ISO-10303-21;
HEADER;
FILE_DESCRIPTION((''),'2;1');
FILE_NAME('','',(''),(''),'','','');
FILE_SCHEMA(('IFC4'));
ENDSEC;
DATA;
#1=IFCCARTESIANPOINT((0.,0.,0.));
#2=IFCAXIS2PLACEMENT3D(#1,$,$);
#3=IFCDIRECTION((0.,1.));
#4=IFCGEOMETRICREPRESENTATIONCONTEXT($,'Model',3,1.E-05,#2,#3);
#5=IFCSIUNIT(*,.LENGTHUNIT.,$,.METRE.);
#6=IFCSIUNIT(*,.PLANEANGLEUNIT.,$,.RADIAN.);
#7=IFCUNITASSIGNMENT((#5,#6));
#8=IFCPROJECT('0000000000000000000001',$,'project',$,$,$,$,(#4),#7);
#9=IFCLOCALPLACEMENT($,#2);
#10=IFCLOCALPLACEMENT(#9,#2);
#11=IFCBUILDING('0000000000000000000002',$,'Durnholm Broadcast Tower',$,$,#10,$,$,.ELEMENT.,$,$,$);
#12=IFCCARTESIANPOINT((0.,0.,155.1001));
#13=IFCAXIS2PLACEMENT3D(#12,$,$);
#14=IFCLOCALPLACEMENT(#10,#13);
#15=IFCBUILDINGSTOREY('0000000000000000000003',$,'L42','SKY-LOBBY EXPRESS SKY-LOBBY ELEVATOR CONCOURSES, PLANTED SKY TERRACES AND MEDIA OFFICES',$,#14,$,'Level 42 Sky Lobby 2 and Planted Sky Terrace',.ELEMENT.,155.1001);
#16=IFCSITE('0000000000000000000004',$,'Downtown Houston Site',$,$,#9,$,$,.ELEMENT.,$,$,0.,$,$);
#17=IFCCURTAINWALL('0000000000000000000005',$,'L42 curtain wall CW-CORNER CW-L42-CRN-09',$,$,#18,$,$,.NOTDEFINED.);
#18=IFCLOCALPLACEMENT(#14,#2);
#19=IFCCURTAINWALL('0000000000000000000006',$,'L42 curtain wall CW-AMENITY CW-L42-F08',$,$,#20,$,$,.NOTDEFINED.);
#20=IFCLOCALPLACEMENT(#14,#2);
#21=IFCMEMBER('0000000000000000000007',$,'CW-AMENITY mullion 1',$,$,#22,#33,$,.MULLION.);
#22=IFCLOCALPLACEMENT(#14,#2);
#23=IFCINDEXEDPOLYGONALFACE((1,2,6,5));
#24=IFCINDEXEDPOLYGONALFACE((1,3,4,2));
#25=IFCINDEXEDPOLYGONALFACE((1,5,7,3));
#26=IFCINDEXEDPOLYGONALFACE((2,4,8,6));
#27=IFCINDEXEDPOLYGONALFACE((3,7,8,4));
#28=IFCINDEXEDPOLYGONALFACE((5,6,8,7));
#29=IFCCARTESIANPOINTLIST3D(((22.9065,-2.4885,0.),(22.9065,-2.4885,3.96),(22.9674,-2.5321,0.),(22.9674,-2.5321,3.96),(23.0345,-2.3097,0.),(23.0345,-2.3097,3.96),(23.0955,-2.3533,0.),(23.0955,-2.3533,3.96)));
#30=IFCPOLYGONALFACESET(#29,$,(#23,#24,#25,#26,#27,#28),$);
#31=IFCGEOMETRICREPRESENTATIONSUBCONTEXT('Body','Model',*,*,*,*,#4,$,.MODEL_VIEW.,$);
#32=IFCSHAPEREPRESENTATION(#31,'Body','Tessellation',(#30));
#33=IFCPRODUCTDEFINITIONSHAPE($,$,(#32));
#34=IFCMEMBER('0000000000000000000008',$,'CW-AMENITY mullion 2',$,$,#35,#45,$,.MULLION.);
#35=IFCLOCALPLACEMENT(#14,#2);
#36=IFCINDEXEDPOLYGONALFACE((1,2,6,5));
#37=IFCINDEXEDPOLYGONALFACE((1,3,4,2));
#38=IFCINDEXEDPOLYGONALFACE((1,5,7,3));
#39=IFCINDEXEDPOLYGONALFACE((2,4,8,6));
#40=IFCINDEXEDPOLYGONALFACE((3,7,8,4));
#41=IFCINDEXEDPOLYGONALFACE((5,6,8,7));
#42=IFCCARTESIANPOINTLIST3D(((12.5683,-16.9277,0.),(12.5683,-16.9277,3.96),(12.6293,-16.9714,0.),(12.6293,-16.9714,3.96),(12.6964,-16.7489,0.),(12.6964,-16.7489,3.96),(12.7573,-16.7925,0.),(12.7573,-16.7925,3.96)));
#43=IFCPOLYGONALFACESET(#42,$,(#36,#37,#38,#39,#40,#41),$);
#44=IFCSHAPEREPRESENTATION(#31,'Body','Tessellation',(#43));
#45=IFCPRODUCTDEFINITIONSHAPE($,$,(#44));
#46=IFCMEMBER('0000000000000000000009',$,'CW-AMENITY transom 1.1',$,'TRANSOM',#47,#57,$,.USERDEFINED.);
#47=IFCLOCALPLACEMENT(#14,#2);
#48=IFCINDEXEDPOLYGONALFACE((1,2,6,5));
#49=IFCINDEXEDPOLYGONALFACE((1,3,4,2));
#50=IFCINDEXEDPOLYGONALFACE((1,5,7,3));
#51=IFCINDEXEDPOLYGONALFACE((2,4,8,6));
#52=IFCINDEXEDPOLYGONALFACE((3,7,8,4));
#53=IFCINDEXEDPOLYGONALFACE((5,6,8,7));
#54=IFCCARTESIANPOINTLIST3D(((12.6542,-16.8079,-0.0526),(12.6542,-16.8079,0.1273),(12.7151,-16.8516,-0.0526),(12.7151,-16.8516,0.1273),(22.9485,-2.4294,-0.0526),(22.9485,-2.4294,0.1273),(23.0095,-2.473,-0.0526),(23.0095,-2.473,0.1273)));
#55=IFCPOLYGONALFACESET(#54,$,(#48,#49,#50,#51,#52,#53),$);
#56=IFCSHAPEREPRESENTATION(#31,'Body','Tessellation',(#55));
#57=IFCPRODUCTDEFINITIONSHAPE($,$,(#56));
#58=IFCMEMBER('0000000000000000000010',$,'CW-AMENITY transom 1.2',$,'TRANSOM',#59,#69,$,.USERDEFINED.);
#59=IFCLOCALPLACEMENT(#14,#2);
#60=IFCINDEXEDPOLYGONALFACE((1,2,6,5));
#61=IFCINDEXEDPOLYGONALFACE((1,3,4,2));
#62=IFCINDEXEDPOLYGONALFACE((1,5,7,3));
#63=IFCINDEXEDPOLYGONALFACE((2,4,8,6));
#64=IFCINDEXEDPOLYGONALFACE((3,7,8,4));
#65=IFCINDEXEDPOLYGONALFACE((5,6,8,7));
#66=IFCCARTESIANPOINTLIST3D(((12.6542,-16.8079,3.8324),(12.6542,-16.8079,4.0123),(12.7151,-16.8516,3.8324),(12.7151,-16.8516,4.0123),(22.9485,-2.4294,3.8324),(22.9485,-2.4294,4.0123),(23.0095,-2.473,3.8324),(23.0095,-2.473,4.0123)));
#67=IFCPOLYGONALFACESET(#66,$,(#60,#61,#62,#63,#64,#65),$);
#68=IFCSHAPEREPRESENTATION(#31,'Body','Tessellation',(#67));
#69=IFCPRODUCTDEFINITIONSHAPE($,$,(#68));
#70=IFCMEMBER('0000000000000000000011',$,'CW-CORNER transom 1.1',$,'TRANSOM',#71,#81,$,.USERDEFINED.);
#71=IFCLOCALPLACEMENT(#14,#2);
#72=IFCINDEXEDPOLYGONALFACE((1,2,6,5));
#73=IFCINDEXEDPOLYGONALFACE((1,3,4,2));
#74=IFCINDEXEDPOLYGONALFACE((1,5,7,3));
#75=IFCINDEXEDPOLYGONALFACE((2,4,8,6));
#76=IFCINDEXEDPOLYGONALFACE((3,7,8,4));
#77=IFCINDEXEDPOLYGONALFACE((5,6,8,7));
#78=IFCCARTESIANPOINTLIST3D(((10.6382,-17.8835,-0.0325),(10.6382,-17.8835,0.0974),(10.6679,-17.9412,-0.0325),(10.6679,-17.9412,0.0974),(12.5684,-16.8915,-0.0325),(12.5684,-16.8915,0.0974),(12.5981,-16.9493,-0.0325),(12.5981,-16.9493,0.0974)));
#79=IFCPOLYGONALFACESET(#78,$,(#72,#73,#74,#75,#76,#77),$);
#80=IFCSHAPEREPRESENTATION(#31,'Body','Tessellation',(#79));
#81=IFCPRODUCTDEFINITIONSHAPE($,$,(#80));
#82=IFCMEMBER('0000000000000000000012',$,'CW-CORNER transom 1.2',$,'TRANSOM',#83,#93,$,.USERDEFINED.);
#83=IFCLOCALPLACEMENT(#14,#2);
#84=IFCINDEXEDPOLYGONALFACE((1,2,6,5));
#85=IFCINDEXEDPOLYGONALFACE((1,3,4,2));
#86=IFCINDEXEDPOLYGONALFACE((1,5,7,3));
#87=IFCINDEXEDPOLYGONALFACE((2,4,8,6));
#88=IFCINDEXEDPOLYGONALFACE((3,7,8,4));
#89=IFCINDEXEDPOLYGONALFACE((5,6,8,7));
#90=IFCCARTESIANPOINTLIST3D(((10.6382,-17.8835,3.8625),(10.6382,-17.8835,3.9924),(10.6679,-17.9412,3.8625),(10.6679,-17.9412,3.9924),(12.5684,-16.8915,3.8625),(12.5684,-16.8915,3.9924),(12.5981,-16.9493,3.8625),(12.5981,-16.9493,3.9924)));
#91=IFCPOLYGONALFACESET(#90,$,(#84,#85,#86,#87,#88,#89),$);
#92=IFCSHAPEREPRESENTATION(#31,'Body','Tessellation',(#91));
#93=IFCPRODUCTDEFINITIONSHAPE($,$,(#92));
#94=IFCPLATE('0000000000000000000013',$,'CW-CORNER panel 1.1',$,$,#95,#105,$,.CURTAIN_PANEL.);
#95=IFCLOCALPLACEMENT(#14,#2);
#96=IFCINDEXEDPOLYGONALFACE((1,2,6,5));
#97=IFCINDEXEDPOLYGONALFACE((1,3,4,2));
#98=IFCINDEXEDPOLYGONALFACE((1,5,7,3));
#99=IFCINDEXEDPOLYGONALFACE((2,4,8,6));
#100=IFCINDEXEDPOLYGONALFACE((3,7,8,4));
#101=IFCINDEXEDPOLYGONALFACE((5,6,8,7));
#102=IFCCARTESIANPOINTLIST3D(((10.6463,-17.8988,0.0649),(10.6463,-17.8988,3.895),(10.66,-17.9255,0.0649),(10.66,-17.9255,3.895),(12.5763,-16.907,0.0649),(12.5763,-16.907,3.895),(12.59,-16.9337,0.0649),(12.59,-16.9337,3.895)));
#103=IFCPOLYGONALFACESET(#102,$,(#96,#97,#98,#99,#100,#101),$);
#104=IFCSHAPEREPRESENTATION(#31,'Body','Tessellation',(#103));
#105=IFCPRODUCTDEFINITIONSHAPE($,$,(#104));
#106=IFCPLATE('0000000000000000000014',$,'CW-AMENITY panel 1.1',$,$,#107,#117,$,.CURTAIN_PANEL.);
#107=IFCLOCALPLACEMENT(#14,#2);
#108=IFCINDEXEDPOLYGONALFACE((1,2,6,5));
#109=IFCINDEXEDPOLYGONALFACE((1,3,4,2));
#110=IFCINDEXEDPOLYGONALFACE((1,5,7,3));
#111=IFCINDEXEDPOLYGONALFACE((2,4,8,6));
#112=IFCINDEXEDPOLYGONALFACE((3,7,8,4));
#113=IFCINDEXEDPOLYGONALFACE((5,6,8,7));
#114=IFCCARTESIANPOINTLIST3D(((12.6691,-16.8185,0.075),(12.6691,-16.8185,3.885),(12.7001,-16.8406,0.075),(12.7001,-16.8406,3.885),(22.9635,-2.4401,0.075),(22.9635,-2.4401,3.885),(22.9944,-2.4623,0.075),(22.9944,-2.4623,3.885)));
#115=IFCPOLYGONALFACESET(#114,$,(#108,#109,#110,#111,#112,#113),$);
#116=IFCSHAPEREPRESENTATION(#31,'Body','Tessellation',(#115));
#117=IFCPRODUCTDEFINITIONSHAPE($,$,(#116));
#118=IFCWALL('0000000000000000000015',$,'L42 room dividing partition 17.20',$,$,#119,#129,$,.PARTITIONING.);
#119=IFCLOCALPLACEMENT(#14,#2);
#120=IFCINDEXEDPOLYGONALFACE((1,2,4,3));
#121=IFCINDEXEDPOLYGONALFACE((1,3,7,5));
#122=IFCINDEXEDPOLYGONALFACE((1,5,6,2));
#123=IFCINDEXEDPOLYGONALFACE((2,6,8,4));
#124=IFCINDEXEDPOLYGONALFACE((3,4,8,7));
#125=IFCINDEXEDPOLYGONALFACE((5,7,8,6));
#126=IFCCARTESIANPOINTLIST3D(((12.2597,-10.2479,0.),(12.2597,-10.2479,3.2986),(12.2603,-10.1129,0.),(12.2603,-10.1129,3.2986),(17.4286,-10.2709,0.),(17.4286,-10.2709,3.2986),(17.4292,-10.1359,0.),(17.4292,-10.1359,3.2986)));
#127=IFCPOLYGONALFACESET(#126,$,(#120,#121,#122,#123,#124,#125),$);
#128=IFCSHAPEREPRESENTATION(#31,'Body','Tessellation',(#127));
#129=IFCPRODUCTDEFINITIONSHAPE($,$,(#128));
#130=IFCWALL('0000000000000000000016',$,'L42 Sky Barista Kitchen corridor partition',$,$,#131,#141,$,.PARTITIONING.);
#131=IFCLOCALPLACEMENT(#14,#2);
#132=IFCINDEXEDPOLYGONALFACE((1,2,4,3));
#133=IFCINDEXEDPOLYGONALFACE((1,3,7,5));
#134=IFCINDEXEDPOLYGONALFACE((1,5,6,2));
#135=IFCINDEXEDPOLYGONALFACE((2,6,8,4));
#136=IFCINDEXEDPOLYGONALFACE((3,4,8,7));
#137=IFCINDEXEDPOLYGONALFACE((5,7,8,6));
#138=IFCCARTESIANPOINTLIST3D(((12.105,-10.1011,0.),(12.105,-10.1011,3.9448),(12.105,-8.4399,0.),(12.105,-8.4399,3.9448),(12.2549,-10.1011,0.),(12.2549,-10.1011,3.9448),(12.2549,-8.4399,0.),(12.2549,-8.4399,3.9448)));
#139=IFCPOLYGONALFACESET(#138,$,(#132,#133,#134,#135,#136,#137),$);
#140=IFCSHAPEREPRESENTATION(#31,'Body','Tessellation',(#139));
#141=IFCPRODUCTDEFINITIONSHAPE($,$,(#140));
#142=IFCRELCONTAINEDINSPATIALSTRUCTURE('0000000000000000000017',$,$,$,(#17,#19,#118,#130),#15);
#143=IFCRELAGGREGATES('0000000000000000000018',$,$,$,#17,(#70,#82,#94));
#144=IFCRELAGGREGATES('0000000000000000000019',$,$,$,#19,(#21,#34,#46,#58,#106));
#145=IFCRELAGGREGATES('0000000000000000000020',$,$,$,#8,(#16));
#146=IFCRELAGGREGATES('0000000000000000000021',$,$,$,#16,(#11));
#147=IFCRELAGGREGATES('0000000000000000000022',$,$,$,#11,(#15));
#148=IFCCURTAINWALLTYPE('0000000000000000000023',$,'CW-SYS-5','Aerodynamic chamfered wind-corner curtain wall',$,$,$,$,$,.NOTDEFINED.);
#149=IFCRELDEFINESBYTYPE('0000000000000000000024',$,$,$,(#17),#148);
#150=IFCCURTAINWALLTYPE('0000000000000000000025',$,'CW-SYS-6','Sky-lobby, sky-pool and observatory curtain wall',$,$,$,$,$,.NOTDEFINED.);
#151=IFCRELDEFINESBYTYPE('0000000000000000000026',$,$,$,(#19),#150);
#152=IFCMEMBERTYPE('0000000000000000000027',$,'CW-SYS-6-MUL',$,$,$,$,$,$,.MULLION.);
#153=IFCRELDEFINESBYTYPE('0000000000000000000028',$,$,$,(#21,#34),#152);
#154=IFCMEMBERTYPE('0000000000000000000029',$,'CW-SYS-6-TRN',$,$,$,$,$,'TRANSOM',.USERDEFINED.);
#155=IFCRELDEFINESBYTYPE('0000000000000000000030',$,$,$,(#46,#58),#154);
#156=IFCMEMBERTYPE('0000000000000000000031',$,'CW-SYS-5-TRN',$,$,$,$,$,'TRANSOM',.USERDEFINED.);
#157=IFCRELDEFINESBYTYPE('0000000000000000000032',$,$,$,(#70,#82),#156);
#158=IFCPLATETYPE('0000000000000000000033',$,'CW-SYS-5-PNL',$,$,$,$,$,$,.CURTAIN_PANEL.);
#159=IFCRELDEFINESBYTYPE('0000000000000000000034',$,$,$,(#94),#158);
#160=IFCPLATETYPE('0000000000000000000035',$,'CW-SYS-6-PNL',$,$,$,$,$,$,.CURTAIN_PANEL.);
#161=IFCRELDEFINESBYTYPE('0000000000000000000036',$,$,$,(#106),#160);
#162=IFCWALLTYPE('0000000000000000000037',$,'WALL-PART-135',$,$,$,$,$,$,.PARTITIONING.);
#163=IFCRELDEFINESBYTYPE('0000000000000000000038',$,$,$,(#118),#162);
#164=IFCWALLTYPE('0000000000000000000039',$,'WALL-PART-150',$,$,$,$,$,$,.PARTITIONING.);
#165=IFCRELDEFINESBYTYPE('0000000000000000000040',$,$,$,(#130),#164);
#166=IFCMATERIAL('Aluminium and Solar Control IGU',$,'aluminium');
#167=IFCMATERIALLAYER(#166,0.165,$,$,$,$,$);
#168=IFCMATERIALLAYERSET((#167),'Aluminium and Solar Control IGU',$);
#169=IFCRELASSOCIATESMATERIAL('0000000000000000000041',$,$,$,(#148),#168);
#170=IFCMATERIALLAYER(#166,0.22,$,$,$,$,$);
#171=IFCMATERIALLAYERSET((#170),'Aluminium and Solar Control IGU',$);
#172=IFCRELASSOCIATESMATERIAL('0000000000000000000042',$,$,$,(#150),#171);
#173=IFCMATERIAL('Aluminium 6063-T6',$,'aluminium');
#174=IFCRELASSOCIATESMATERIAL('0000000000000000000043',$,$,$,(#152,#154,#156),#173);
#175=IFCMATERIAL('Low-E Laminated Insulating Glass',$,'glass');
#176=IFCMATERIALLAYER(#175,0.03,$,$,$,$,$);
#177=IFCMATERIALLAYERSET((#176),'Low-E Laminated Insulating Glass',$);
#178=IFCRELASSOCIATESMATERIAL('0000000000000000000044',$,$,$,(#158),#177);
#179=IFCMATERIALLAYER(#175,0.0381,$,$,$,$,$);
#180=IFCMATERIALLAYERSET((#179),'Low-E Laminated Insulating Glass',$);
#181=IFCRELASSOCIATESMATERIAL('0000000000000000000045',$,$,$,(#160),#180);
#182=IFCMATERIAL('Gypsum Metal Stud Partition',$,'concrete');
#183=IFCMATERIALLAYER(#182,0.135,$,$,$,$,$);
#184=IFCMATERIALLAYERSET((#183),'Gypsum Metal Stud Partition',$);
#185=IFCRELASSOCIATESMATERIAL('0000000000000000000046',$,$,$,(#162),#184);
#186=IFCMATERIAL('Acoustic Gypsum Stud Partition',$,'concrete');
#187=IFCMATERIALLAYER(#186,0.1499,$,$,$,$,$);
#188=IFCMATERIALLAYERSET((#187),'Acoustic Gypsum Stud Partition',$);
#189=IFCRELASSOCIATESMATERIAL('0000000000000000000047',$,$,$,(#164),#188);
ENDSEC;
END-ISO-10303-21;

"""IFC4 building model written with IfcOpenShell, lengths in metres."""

from ifc_helpers import new_model, si_unit, direction, frame, frame_2d, origin, origin_2d, place, context, subcontext, project, spatial, rectangle, extrude, source, transform, mapped, material, layer, layer_set, material_profile, profile_set, type_object, type_shapes, element, aggregate, save


model = new_model("IFC4")

# Units and contexts
model_context = context("Model", 3, precision=1e-05, world=origin(), true_north=direction((0.0, 1.0)))
body_context = subcontext(model_context, "Body", "Model", "MODEL_VIEW")
ifc_project = project(units=[si_unit("LENGTHUNIT", "METRE"), si_unit("PLANEANGLEUNIT", "RADIAN")], contexts=[model_context])

# Site, building, storey
site_placement = place(None, origin())
site = spatial("IfcSite", under=ifc_project, at=site_placement, Name="Downtown Houston Site", CompositionType="ELEMENT", RefElevation=0.0)
building_placement = place(site_placement, origin())
building = spatial("IfcBuilding", under=site, at=building_placement, Name="Durnholm Broadcast Tower", CompositionType="ELEMENT")
storey_placement = place(building_placement, frame((0.0, 0.0, 155.1001)))
storey = spatial("IfcBuildingStorey", under=building, at=storey_placement, Name="L42", Description="SKY-LOBBY EXPRESS SKY-LOBBY ELEVATOR CONCOURSES, PLANTED SKY TERRACES AND MEDIA OFFICES", LongName="Level 42 Sky Lobby 2 and Planted Sky Terrace", CompositionType="ELEMENT", Elevation=155.1001)

# Shared definitions
ifc_material_1 = material(Name="Aluminium and Solar Control IGU", Category="aluminium")
ifc_layer_1 = layer(ifc_material_1, 0.165)
ifc_layer_set_1 = layer_set([ifc_layer_1], Name="Aluminium and Solar Control IGU")
curtain_wall_type_1 = type_object("IfcCurtainWallType", Name="CW-SYS-5", Description="Aerodynamic chamfered wind-corner curtain wall", PredefinedType="NOTDEFINED", material=ifc_layer_set_1)
ifc_material_2 = material(Name="Aluminium 6063-T6", Category="aluminium")

# Curtain walls, members
curtain_wall_1_placement = place(storey_placement, origin())
curtain_wall_1 = element("IfcCurtainWall", 1, at=curtain_wall_1_placement, inside=storey, type_object=curtain_wall_type_1, Name="L42 curtain wall CW-CORNER CW-L42-CRN-09", PredefinedType="NOTDEFINED")
ifc_layer_2 = layer(ifc_material_1, 0.22)
ifc_layer_set_2 = layer_set([ifc_layer_2], Name="Aluminium and Solar Control IGU")
curtain_wall_type_2 = type_object("IfcCurtainWallType", Name="CW-SYS-6", Description="Sky-lobby, sky-pool and observatory curtain wall", PredefinedType="NOTDEFINED", material=ifc_layer_set_2)
curtain_wall_2_placement = place(storey_placement, origin())
curtain_wall_2 = element("IfcCurtainWall", 2, at=curtain_wall_2_placement, inside=storey, type_object=curtain_wall_type_2, Name="L42 curtain wall CW-AMENITY CW-L42-F08", PredefinedType="NOTDEFINED")
ifc_material_profile_1 = material_profile(ifc_material_2, rectangle(XDim=0.075, YDim=0.22, at=origin_2d()), Name="CWM75X220")
ifc_profile_set_1 = profile_set([ifc_material_profile_1], Name="Aluminium 6063-T6")
member_type_1 = type_object("IfcMemberType", Name="CW-SYS-6-MUL", PredefinedType="MULLION", material=ifc_profile_set_1)
shared_shape_1 = source(origin(), body_context, "Body", "SweptSolid", [
    extrude(rectangle(XDim=0.075, YDim=0.22, at=origin_2d()), origin(), (0.0, 0.0, 1.0), 3.96),
])
type_shapes(member_type_1, [shared_shape_1])
member_1_placement = place(storey_placement, frame((23.001, -2.4209, 0.0), z_axis=(0.0, 0.0, 1.0), x_axis=(0.813089, -0.582139, 0.0)))
member_1 = element("IfcMember", 3, at=member_1_placement, type_object=member_type_1, Name="CW-AMENITY mullion 1", PredefinedType="MULLION", context=body_context, shape_type="MappedRepresentation", body=[
    mapped(shared_shape_1, transform((0.0, 0.0, 0.0), x_axis=(1.0, 0.0, 0.0), y_axis=(0.0, 1.0, 0.0), z_axis=(0.0, 0.0, 1.0), scale=1.0)),
])
member_2_placement = place(storey_placement, frame((12.6628, -16.8601, 0.0), z_axis=(0.0, 0.0, 1.0), x_axis=(0.813089, -0.582139, 0.0)))
member_2 = element("IfcMember", 4, at=member_2_placement, type_object=member_type_1, Name="CW-AMENITY mullion 2", PredefinedType="MULLION", context=body_context, shape_type="MappedRepresentation", body=[
    mapped(shared_shape_1, transform((0.0, 0.0, 0.0), x_axis=(1.0, 0.0, 0.0), y_axis=(0.0, 1.0, 0.0), z_axis=(0.0, 0.0, 1.0), scale=1.0)),
])
ifc_material_profile_2 = material_profile(ifc_material_2, rectangle(XDim=0.075, YDim=0.1799, at=origin_2d()), Name="CWT75X180")
ifc_profile_set_2 = profile_set([ifc_material_profile_2], Name="Aluminium 6063-T6")
member_type_2 = type_object("IfcMemberType", Name="CW-SYS-6-TRN", ElementType="TRANSOM", PredefinedType="USERDEFINED", material=ifc_profile_set_2)
shared_shape_2 = source(origin(), body_context, "Body", "SweptSolid", [
    extrude(rectangle(XDim=0.075, YDim=0.1799, at=origin_2d()), origin(), (0.0, 0.0, 1.0), 17.6838),
])
type_shapes(member_type_2, [shared_shape_2])
member_3_placement = place(storey_placement, frame((22.979, -2.4512, 0.0374), z_axis=(-0.582135, -0.813092, 0.0), x_axis=(0.813092, -0.582135, 0.0)))
member_3 = element("IfcMember", 5, at=member_3_placement, type_object=member_type_2, Name="CW-AMENITY transom 1.1", ObjectType="TRANSOM", PredefinedType="USERDEFINED", context=body_context, shape_type="MappedRepresentation", body=[
    mapped(shared_shape_2, transform((0.0, 0.0, 0.0), x_axis=(1.0, 0.0, 0.0), y_axis=(0.0, 1.0, 0.0), z_axis=(0.0, 0.0, 1.0), scale=1.0)),
])
member_4_placement = place(storey_placement, frame((22.979, -2.4512, 3.9224), z_axis=(-0.582135, -0.813092, 0.0), x_axis=(0.813092, -0.582135, 0.0)))
member_4 = element("IfcMember", 6, at=member_4_placement, type_object=member_type_2, Name="CW-AMENITY transom 1.2", ObjectType="TRANSOM", PredefinedType="USERDEFINED", context=body_context, shape_type="MappedRepresentation", body=[
    mapped(shared_shape_2, transform((0.0, 0.0, 0.0), x_axis=(1.0, 0.0, 0.0), y_axis=(0.0, 1.0, 0.0), z_axis=(0.0, 0.0, 1.0), scale=1.0)),
])

# Members
ifc_material_profile_3 = material_profile(ifc_material_2, rectangle(XDim=0.0649, YDim=0.1299, at=origin_2d()), Name="CWT65X130")
ifc_profile_set_3 = profile_set([ifc_material_profile_3], Name="Aluminium 6063-T6")
member_type_3 = type_object("IfcMemberType", Name="CW-SYS-5-TRN", ElementType="TRANSOM", PredefinedType="USERDEFINED", material=ifc_profile_set_3)
shared_shape_3 = source(origin(), body_context, "Body", "SweptSolid", [
    extrude(rectangle(XDim=0.0649, YDim=0.1299, at=origin_2d()), origin(), (0.0, 0.0, 1.0), 2.1702),
])
type_shapes(member_type_3, [shared_shape_3])
member_5_placement = place(storey_placement, frame((12.5833, -16.9204, 0.0325), z_axis=(-0.889422, -0.457086, 0.0), x_axis=(0.457086, -0.889422, 0.0)))
member_5 = element("IfcMember", 7, at=member_5_placement, type_object=member_type_3, Name="CW-CORNER transom 1.1", ObjectType="TRANSOM", PredefinedType="USERDEFINED", context=body_context, shape_type="MappedRepresentation", body=[
    mapped(shared_shape_3, transform((0.0, 0.0, 0.0), x_axis=(1.0, 0.0, 0.0), y_axis=(0.0, 1.0, 0.0), z_axis=(0.0, 0.0, 1.0), scale=1.0)),
])
member_6_placement = place(storey_placement, frame((12.5833, -16.9204, 3.9275), z_axis=(-0.889422, -0.457086, 0.0), x_axis=(0.457086, -0.889422, 0.0)))
member_6 = element("IfcMember", 8, at=member_6_placement, type_object=member_type_3, Name="CW-CORNER transom 1.2", ObjectType="TRANSOM", PredefinedType="USERDEFINED", context=body_context, shape_type="MappedRepresentation", body=[
    mapped(shared_shape_3, transform((0.0, 0.0, 0.0), x_axis=(1.0, 0.0, 0.0), y_axis=(0.0, 1.0, 0.0), z_axis=(0.0, 0.0, 1.0), scale=1.0)),
])

# Plates
ifc_material_3 = material(Name="Low-E Laminated Insulating Glass", Category="glass")
ifc_layer_3 = layer(ifc_material_3, 0.03)
ifc_layer_set_3 = layer_set([ifc_layer_3], Name="Low-E Laminated Insulating Glass")
plate_type_1 = type_object("IfcPlateType", Name="CW-SYS-5-PNL", PredefinedType="CURTAIN_PANEL", material=ifc_layer_set_3)
shared_shape_4 = source(origin(), body_context, "Body", "SweptSolid", [
    extrude(rectangle(XDim=2.1699, YDim=0.03, at=origin_2d()), origin(), (0.0, 0.0, 1.0), 3.8301),
])
type_shapes(plate_type_1, [shared_shape_4])
plate_1_placement = place(storey_placement, frame((11.6182, -17.4163, 0.0649), z_axis=(0.0, 0.0, 1.0), x_axis=(-0.889425, -0.457082, 0.0)))
plate_1 = element("IfcPlate", 9, at=plate_1_placement, type_object=plate_type_1, Name="CW-CORNER panel 1.1", PredefinedType="CURTAIN_PANEL", context=body_context, shape_type="MappedRepresentation", body=[
    mapped(shared_shape_4, transform((0.0, 0.0, 0.0), x_axis=(1.0, 0.0, 0.0), y_axis=(0.0, 1.0, 0.0), z_axis=(0.0, 0.0, 1.0), scale=1.0)),
])
aggregate(curtain_wall_1, [member_5, member_6, plate_1])
ifc_layer_4 = layer(ifc_material_3, 0.0381)
ifc_layer_set_4 = layer_set([ifc_layer_4], Name="Low-E Laminated Insulating Glass")
plate_type_2 = type_object("IfcPlateType", Name="CW-SYS-6-PNL", PredefinedType="CURTAIN_PANEL", material=ifc_layer_set_4)
shared_shape_5 = source(origin(), body_context, "Body", "SweptSolid", [
    extrude(rectangle(XDim=17.6836, YDim=0.0381, at=origin_2d()), origin(), (0.0, 0.0, 1.0), 3.8101),
])
type_shapes(plate_type_2, [shared_shape_5])
plate_2_placement = place(storey_placement, frame((17.8318, -9.6404, 0.075), z_axis=(0.0, 0.0, 1.0), x_axis=(-0.582139, -0.813089, 0.0)))
plate_2 = element("IfcPlate", 10, at=plate_2_placement, type_object=plate_type_2, Name="CW-AMENITY panel 1.1", PredefinedType="CURTAIN_PANEL", context=body_context, shape_type="MappedRepresentation", body=[
    mapped(shared_shape_5, transform((0.0, 0.0, 0.0), x_axis=(1.0, 0.0, 0.0), y_axis=(0.0, 1.0, 0.0), z_axis=(0.0, 0.0, 1.0), scale=1.0)),
])
aggregate(curtain_wall_2, [member_1, member_2, member_3, member_4, plate_2])

# Walls
ifc_material_4 = material(Name="Gypsum Metal Stud Partition", Category="concrete")
ifc_layer_5 = layer(ifc_material_4, 0.135)
ifc_layer_set_5 = layer_set([ifc_layer_5], Name="Gypsum Metal Stud Partition")
wall_type_1 = type_object("IfcWallType", Name="WALL-PART-135", PredefinedType="PARTITIONING", material=ifc_layer_set_5)
wall_1_placement = place(storey_placement, frame((12.26, -10.1804, 0.0), z_axis=(0.0, 0.0, 1.0), x_axis=(0.99999, -0.00444, 0.0)))
element("IfcWall", 11, at=wall_1_placement, inside=storey, type_object=wall_type_1, Name="L42 room dividing partition 17.20", PredefinedType="PARTITIONING", context=body_context, shape_type="SweptSolid", body=[
    extrude(rectangle(XDim=5.1689, YDim=0.135, at=frame_2d((2.5845, 0.0))), origin(), (0.0, 0.0, 1.0), 3.2986),
])
ifc_material_5 = material(Name="Acoustic Gypsum Stud Partition", Category="concrete")
ifc_layer_6 = layer(ifc_material_5, 0.1499)
ifc_layer_set_6 = layer_set([ifc_layer_6], Name="Acoustic Gypsum Stud Partition")
wall_type_2 = type_object("IfcWallType", Name="WALL-PART-150", PredefinedType="PARTITIONING", material=ifc_layer_set_6)
wall_2_placement = place(storey_placement, frame((12.1799, -10.1011, 0.0), z_axis=(0.0, 0.0, 1.0), x_axis=(0.0, 1.0, 0.0)))
element("IfcWall", 12, at=wall_2_placement, inside=storey, type_object=wall_type_2, Name="L42 Sky Barista Kitchen corridor partition", PredefinedType="PARTITIONING", context=body_context, shape_type="SweptSolid", body=[
    extrude(rectangle(XDim=1.6611, YDim=0.1499, at=frame_2d((0.8306, 0.0))), origin(), (0.0, 0.0, 1.0), 3.9448),
])

save(model, "model.ifc")
